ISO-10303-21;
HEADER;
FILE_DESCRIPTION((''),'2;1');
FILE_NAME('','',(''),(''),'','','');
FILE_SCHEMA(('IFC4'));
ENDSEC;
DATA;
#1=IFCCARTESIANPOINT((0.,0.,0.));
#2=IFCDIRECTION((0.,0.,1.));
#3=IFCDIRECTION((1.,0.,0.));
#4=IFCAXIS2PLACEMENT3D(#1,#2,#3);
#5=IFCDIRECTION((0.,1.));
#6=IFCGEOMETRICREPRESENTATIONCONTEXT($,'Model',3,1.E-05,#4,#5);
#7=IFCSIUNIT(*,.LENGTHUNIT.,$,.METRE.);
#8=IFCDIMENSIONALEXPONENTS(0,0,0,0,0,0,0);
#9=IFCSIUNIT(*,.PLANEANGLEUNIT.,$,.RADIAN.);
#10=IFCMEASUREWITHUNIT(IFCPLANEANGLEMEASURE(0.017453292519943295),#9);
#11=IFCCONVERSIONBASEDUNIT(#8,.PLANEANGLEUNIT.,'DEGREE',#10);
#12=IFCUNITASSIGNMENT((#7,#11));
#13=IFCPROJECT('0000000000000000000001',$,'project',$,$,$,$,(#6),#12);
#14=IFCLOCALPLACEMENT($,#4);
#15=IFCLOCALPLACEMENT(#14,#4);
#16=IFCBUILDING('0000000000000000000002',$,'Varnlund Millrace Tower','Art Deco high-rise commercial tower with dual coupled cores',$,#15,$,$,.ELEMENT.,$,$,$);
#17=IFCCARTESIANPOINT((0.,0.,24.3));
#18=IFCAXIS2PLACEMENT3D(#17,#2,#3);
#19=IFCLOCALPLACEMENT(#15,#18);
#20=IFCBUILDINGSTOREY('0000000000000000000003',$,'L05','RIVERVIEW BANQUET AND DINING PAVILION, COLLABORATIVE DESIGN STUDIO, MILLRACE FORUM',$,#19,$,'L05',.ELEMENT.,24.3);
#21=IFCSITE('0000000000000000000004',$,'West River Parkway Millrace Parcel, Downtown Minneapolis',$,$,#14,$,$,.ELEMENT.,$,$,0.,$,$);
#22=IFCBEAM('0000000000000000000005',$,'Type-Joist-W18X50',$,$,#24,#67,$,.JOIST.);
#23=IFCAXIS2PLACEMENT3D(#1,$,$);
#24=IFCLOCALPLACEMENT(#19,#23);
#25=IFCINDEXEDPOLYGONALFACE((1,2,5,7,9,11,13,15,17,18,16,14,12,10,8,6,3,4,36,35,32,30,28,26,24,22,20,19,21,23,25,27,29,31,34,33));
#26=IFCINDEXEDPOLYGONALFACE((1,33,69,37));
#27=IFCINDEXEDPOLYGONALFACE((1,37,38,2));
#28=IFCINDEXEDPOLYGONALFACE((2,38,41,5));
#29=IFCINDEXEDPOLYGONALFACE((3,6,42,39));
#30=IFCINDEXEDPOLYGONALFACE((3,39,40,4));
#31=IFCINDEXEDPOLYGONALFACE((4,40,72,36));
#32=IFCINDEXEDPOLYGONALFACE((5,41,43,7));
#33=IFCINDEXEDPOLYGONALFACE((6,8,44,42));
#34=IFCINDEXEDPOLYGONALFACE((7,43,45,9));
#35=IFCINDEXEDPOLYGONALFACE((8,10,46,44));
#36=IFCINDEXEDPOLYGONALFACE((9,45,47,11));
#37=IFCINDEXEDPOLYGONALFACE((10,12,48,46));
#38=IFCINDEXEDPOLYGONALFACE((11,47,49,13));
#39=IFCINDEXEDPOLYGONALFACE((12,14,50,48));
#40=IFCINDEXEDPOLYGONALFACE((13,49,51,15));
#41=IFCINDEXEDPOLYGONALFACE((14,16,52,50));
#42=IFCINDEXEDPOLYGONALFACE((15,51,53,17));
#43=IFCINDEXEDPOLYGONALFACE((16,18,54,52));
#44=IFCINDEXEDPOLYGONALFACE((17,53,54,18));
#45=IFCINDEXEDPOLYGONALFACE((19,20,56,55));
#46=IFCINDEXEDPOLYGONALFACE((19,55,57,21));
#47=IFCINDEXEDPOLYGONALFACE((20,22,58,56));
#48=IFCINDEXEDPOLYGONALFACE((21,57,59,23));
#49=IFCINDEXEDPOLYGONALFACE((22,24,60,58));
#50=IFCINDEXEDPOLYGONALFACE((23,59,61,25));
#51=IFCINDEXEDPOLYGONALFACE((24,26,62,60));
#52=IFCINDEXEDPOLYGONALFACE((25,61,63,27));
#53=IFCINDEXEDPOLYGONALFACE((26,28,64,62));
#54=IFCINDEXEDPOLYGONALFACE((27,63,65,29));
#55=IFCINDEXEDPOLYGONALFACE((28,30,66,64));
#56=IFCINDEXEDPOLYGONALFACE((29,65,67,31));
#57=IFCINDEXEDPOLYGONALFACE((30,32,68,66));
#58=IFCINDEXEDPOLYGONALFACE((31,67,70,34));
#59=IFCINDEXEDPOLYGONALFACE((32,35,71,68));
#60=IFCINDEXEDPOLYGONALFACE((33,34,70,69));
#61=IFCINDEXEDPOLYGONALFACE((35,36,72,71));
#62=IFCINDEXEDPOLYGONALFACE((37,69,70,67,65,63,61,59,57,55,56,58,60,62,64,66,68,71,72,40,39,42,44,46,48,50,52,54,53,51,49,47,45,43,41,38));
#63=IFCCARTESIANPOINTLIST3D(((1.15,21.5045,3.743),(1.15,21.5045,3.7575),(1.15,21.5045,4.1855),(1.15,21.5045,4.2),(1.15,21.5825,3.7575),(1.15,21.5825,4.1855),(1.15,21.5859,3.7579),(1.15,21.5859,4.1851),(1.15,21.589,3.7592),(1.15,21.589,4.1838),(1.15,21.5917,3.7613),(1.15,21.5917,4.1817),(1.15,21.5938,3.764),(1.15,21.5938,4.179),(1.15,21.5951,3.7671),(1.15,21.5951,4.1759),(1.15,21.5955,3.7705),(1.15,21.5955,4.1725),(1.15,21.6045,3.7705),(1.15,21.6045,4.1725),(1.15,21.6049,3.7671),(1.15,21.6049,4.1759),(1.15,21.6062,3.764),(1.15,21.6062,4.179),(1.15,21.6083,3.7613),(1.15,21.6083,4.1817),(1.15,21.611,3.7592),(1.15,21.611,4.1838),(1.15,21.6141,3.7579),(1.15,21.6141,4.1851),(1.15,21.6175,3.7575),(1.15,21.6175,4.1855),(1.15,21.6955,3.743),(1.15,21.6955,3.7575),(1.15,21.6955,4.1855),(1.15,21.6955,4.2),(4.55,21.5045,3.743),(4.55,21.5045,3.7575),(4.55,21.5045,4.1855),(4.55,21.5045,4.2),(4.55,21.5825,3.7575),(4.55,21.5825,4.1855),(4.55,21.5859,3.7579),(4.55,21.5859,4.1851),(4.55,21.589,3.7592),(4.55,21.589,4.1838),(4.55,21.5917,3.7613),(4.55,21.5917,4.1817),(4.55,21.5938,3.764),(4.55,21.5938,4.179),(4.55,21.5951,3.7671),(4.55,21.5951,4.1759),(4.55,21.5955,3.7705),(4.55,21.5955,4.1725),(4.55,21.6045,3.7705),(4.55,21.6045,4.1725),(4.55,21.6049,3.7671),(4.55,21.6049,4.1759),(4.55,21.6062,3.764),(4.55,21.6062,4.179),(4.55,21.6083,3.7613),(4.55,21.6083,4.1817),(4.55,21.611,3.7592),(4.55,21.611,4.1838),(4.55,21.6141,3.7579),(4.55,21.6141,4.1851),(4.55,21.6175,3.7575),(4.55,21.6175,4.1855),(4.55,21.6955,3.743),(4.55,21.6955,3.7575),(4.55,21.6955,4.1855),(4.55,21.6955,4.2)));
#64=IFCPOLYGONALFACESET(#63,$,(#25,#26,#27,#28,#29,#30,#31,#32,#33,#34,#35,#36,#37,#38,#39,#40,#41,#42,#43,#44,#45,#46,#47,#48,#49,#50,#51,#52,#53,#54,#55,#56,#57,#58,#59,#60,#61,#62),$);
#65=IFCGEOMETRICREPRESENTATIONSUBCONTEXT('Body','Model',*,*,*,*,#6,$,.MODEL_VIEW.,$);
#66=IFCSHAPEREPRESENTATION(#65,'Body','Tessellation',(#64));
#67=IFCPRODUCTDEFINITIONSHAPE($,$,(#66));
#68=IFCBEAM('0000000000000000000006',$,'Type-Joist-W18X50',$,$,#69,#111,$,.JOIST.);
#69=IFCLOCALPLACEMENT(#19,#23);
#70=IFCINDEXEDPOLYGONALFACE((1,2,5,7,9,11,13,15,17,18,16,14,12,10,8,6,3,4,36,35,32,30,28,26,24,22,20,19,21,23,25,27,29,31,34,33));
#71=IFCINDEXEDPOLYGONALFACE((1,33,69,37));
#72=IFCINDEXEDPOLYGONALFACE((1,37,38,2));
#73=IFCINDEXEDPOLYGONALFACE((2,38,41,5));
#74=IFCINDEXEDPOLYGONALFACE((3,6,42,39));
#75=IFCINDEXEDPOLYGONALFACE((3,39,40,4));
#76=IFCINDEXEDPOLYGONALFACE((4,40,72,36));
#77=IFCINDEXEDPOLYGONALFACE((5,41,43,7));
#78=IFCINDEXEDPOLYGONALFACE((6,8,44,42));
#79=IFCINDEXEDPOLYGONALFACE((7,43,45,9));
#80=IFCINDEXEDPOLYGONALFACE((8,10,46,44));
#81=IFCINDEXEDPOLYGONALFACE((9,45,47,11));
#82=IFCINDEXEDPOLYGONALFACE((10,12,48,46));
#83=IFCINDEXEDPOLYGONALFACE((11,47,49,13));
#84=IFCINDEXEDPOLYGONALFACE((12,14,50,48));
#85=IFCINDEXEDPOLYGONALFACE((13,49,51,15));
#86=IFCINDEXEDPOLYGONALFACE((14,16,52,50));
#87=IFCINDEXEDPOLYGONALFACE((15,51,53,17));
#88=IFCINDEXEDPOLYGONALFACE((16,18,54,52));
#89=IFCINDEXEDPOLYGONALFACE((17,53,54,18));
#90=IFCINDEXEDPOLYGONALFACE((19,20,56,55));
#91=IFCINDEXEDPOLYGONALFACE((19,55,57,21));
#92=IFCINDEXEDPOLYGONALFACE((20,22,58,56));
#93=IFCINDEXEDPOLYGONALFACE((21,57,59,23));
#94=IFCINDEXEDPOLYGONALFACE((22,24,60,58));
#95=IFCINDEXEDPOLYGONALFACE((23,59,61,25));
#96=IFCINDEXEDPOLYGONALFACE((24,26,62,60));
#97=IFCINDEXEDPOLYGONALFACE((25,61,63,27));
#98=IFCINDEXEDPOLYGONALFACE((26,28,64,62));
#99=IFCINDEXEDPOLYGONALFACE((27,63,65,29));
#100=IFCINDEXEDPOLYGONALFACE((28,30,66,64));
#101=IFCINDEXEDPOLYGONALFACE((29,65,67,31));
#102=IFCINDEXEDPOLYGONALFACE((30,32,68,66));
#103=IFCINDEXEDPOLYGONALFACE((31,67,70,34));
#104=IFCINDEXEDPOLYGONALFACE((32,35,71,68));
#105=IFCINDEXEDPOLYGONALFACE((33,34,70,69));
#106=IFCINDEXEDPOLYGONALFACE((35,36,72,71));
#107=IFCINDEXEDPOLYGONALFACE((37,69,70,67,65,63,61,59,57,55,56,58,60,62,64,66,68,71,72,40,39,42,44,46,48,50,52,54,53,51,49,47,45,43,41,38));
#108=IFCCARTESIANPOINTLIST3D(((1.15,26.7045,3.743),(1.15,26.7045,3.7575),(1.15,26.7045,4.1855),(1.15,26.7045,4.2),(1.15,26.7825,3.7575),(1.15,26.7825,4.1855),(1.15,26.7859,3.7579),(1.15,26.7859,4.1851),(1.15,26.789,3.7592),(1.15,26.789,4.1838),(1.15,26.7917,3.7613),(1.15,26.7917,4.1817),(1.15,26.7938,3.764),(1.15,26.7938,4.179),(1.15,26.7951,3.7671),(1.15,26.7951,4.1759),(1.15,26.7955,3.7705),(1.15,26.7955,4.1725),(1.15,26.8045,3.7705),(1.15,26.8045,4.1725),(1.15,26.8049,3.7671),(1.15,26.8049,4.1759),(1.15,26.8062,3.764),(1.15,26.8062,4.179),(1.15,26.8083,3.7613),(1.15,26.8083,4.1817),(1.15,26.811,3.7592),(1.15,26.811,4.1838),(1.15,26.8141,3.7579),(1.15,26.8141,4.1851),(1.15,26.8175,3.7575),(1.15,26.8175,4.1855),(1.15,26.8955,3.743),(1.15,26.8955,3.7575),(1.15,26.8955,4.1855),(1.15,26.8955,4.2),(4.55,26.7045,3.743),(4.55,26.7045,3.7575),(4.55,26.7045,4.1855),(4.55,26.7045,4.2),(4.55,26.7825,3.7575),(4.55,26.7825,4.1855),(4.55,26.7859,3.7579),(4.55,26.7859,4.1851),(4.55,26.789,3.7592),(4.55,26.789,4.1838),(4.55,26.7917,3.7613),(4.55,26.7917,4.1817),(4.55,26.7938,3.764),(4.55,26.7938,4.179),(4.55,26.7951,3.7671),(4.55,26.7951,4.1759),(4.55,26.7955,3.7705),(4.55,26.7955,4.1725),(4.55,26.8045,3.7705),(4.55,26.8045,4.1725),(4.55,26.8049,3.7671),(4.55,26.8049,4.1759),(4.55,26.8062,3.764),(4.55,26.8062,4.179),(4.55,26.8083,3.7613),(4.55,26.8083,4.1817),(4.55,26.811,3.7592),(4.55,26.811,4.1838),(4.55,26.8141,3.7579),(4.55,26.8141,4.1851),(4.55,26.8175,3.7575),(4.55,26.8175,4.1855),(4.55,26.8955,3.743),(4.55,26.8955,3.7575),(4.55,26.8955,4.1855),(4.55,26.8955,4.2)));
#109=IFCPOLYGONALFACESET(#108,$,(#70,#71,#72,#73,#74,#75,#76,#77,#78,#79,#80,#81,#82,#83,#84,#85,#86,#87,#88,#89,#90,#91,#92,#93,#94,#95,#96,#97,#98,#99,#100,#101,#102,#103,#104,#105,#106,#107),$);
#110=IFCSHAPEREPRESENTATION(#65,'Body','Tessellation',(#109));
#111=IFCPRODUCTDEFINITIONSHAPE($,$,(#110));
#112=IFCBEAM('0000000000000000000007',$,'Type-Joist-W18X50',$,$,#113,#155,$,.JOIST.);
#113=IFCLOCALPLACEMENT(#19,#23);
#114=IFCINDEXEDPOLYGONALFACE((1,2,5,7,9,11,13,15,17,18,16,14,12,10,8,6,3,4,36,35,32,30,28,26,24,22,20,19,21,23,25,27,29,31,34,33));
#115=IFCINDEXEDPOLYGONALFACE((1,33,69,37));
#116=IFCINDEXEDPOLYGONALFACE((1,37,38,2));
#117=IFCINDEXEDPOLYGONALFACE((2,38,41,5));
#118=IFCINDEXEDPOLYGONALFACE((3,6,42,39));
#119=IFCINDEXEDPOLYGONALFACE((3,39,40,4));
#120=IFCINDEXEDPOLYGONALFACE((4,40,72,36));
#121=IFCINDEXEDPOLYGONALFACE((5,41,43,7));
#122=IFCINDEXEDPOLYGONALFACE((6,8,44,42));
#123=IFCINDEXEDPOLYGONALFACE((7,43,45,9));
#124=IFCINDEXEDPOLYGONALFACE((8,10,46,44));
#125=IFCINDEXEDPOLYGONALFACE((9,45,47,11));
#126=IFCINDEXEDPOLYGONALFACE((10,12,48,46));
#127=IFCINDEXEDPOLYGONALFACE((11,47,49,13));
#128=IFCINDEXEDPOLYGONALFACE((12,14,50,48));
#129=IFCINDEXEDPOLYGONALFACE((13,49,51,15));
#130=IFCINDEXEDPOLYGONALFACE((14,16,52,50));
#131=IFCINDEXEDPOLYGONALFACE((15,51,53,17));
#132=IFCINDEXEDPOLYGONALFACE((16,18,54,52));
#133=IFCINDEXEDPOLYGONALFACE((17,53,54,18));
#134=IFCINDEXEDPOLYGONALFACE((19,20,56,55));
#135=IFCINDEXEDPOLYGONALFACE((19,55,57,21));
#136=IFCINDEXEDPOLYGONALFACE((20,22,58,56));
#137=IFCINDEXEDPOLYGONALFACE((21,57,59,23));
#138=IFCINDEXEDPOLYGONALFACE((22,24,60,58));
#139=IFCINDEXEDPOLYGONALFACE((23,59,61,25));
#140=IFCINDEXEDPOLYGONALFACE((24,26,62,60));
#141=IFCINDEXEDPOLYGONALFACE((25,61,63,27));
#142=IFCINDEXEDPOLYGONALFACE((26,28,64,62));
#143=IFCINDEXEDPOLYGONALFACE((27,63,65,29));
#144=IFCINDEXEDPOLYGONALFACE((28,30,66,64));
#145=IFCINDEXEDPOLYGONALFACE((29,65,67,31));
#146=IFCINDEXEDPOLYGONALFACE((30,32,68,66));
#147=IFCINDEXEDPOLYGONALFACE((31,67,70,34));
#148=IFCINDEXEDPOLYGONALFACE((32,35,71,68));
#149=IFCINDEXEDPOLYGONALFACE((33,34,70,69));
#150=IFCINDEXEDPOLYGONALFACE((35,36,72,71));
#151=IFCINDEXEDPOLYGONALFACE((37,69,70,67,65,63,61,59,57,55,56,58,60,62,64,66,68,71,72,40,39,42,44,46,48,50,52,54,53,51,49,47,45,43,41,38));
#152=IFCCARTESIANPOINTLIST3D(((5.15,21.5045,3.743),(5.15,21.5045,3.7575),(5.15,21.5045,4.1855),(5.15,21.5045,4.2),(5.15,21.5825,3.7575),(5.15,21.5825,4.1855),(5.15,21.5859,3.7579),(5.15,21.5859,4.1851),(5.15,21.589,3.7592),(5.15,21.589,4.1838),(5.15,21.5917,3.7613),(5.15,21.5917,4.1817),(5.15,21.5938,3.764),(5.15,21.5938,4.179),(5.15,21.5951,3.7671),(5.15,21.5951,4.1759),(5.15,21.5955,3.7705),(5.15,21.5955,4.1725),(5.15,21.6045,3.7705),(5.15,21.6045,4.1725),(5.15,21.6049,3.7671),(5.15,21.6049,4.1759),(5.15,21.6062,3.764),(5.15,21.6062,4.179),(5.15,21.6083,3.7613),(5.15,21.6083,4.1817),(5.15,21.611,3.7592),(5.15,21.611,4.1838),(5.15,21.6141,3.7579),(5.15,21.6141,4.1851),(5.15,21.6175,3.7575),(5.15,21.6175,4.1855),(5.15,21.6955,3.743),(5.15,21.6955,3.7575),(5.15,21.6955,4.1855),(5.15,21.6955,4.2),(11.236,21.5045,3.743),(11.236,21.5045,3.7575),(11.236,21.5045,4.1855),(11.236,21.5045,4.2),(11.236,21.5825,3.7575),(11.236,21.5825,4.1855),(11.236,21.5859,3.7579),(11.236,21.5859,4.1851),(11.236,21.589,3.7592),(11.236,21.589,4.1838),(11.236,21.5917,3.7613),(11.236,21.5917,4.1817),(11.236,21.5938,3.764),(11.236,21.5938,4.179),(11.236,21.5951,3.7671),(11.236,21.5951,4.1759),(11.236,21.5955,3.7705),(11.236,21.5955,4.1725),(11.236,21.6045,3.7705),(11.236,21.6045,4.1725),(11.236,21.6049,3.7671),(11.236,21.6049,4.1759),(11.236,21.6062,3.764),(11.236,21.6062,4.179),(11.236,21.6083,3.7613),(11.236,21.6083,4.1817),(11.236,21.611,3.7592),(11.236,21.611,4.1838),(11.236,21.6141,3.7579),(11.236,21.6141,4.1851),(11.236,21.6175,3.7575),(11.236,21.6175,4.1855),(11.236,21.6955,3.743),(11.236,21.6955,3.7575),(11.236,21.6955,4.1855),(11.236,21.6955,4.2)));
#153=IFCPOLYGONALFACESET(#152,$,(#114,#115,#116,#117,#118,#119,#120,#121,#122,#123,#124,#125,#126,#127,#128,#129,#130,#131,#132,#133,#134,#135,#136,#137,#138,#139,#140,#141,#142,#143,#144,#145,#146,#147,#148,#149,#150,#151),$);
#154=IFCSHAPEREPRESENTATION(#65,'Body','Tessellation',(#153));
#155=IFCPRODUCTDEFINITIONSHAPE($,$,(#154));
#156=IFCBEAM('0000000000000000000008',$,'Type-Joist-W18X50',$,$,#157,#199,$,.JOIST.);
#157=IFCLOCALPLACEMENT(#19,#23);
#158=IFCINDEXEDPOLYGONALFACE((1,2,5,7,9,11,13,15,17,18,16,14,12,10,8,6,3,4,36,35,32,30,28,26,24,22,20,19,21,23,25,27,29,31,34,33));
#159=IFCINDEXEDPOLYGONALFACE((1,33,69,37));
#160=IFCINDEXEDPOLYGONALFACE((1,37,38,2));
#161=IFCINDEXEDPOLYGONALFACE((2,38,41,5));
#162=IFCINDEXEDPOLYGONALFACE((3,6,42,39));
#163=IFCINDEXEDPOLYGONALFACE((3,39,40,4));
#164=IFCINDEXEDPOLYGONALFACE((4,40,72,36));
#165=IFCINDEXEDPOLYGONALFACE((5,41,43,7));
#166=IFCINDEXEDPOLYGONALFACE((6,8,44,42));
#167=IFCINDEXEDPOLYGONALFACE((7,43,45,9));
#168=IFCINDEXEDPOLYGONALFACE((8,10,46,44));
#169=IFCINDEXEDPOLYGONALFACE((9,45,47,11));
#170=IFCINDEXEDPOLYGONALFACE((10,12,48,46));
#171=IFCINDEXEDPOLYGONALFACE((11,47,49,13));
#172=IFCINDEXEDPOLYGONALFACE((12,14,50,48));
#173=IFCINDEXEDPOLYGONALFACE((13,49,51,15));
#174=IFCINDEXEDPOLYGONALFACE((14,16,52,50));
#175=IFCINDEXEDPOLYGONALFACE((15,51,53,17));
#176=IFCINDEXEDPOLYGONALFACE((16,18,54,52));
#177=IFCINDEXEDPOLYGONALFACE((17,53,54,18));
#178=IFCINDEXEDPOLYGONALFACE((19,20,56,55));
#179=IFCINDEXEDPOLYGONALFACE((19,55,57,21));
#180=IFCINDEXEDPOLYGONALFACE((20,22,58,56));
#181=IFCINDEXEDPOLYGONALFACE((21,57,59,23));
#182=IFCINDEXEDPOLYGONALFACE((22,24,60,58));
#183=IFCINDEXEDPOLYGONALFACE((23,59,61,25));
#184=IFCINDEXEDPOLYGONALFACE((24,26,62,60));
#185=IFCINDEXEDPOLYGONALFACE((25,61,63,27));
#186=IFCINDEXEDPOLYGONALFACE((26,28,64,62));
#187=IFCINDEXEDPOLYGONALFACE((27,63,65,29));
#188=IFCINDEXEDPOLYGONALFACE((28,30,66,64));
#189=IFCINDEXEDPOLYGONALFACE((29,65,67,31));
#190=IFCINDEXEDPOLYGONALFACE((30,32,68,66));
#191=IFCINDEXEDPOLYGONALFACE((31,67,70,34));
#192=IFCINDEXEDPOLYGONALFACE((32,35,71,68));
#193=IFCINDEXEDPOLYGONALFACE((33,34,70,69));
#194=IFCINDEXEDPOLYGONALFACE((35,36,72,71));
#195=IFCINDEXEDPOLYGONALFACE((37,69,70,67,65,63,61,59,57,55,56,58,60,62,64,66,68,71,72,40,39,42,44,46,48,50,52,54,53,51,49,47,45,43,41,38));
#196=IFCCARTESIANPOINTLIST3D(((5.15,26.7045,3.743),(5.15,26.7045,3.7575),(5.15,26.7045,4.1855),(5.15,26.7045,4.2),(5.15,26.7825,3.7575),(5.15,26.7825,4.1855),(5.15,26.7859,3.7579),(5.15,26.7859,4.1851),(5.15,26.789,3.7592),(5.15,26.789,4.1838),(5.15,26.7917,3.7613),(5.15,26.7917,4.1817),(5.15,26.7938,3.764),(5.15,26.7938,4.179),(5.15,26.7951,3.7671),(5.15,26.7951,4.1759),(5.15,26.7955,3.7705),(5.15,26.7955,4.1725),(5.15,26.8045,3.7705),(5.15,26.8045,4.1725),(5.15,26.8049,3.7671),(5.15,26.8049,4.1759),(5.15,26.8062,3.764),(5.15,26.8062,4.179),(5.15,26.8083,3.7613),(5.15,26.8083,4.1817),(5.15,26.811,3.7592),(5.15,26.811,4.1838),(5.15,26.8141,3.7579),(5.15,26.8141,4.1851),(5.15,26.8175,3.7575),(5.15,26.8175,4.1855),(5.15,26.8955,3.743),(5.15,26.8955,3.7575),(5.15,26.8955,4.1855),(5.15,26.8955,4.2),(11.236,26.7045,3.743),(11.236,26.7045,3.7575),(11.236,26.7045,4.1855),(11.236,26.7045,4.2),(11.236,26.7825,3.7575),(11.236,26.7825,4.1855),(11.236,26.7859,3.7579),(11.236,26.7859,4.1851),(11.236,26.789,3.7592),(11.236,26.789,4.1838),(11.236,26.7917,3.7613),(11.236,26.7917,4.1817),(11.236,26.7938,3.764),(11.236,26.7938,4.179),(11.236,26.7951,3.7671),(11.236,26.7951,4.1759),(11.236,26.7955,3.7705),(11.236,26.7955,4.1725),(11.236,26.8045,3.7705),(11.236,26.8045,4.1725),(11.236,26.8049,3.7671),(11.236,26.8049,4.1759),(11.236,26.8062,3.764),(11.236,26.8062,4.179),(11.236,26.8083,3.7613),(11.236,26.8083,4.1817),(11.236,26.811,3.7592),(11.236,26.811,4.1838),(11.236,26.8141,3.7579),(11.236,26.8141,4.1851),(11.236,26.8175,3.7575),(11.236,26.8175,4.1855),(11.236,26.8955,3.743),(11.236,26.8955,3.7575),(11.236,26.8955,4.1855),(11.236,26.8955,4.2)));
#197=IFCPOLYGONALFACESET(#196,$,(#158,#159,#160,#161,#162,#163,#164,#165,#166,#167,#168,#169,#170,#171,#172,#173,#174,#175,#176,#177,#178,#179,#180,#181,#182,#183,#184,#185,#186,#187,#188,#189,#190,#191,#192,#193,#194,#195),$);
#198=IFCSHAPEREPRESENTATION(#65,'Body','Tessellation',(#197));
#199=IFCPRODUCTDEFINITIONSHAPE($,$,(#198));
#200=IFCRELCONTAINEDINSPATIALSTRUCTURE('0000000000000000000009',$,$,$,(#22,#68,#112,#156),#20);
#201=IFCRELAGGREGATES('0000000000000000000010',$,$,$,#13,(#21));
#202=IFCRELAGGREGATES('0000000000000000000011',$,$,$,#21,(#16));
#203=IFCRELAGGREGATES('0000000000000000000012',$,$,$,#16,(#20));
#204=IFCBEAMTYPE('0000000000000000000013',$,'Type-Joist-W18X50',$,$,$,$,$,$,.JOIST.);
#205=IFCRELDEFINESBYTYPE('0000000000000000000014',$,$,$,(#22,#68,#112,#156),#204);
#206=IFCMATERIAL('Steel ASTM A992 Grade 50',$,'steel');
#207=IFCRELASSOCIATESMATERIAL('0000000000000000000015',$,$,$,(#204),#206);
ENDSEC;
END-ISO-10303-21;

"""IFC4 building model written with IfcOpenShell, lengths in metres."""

from ifc_helpers import new_model, entity, si_unit, converted_unit, direction, frame, origin_with_axes, origin_2d_with_axis, place, context, subcontext, project, spatial, i_section, extrude, material, material_profile, profile_set, type_object, element, save


model = new_model("IFC4")

# Units and contexts
model_context = context("Model", 3, precision=1e-05, world=origin_with_axes(), true_north=direction((0.0, 1.0)))
body_context = subcontext(model_context, "Body", "Model", "MODEL_VIEW")
ifc_project = project(units=[si_unit("LENGTHUNIT", "METRE"), converted_unit("PLANEANGLEUNIT", "DEGREE", entity("IfcPlaneAngleMeasure", 0.017453292519943295), si_unit("PLANEANGLEUNIT", "RADIAN"), dimensions=[0, 0, 0, 0, 0, 0, 0])], contexts=[model_context])

# Site, building, storey
site_placement = place(None, origin_with_axes())
site = spatial("IfcSite", under=ifc_project, at=site_placement, Name="West River Parkway Millrace Parcel, Downtown Minneapolis", CompositionType="ELEMENT", RefElevation=0.0)
building_placement = place(site_placement, origin_with_axes())
building = spatial("IfcBuilding", under=site, at=building_placement, Name="Varnlund Millrace Tower", Description="Art Deco high-rise commercial tower with dual coupled cores", CompositionType="ELEMENT")
storey_placement = place(building_placement, frame((0.0, 0.0, 24.3), z_axis=(0.0, 0.0, 1.0), x_axis=(1.0, 0.0, 0.0)))
storey = spatial("IfcBuildingStorey", under=building, at=storey_placement, Name="L05", Description="RIVERVIEW BANQUET AND DINING PAVILION, COLLABORATIVE DESIGN STUDIO, MILLRACE FORUM", LongName="L05", CompositionType="ELEMENT", Elevation=24.3)

# Beams
ifc_material_1 = material(Name="Steel ASTM A992 Grade 50", Category="steel")
ifc_material_profile_1 = material_profile(ifc_material_1, i_section(OverallWidth=0.191, OverallDepth=0.457, WebThickness=0.009, FlangeThickness=0.0145, FilletRadius=0.013, at=origin_2d_with_axis()), Name="Steel ASTM A992 Grade 50")
ifc_profile_set_1 = profile_set([ifc_material_profile_1], Name="Steel ASTM A992 Grade 50")
beam_type_1 = type_object("IfcBeamType", Name="Type-Joist-W18X50", PredefinedType="JOIST", material=ifc_profile_set_1)
for number, where, z_axis, x_axis, name in (
    (1, (1.15, 21.6, 3.9715), (1.0, 0.0, 0.0), (0.0, 1.0, 0.0), "Type-Joist-W18X50"),
    (2, (1.15, 26.8, 3.9715), (1.0, 0.0, 0.0), (0.0, 1.0, 0.0), "Type-Joist-W18X50"),
):
    element("IfcBeam", number, at=place(storey_placement, frame(where, z_axis=z_axis, x_axis=x_axis)), inside=storey, type_object=beam_type_1, Name=name, PredefinedType="JOIST", context=body_context, shape_type="SweptSolid", body=[
        extrude(i_section(OverallWidth=0.191, OverallDepth=0.457, WebThickness=0.009, FlangeThickness=0.0145, FilletRadius=0.013, at=origin_2d_with_axis()), origin_with_axes(), (0.0, 0.0, 1.0), 3.4),
    ])
for number, where, z_axis, x_axis, name in (
    (3, (5.15, 21.6, 3.9715), (1.0, 0.0, 0.0), (0.0, 1.0, 0.0), "Type-Joist-W18X50"),
    (4, (5.15, 26.8, 3.9715), (1.0, 0.0, 0.0), (0.0, 1.0, 0.0), "Type-Joist-W18X50"),
):
    element("IfcBeam", number, at=place(storey_placement, frame(where, z_axis=z_axis, x_axis=x_axis)), inside=storey, type_object=beam_type_1, Name=name, PredefinedType="JOIST", context=body_context, shape_type="SweptSolid", body=[
        extrude(i_section(OverallWidth=0.191, OverallDepth=0.457, WebThickness=0.009, FlangeThickness=0.0145, FilletRadius=0.013, at=origin_2d_with_axis()), origin_with_axes(), (0.0, 0.0, 1.0), 6.086),
    ])

save(model, "model.ifc")
